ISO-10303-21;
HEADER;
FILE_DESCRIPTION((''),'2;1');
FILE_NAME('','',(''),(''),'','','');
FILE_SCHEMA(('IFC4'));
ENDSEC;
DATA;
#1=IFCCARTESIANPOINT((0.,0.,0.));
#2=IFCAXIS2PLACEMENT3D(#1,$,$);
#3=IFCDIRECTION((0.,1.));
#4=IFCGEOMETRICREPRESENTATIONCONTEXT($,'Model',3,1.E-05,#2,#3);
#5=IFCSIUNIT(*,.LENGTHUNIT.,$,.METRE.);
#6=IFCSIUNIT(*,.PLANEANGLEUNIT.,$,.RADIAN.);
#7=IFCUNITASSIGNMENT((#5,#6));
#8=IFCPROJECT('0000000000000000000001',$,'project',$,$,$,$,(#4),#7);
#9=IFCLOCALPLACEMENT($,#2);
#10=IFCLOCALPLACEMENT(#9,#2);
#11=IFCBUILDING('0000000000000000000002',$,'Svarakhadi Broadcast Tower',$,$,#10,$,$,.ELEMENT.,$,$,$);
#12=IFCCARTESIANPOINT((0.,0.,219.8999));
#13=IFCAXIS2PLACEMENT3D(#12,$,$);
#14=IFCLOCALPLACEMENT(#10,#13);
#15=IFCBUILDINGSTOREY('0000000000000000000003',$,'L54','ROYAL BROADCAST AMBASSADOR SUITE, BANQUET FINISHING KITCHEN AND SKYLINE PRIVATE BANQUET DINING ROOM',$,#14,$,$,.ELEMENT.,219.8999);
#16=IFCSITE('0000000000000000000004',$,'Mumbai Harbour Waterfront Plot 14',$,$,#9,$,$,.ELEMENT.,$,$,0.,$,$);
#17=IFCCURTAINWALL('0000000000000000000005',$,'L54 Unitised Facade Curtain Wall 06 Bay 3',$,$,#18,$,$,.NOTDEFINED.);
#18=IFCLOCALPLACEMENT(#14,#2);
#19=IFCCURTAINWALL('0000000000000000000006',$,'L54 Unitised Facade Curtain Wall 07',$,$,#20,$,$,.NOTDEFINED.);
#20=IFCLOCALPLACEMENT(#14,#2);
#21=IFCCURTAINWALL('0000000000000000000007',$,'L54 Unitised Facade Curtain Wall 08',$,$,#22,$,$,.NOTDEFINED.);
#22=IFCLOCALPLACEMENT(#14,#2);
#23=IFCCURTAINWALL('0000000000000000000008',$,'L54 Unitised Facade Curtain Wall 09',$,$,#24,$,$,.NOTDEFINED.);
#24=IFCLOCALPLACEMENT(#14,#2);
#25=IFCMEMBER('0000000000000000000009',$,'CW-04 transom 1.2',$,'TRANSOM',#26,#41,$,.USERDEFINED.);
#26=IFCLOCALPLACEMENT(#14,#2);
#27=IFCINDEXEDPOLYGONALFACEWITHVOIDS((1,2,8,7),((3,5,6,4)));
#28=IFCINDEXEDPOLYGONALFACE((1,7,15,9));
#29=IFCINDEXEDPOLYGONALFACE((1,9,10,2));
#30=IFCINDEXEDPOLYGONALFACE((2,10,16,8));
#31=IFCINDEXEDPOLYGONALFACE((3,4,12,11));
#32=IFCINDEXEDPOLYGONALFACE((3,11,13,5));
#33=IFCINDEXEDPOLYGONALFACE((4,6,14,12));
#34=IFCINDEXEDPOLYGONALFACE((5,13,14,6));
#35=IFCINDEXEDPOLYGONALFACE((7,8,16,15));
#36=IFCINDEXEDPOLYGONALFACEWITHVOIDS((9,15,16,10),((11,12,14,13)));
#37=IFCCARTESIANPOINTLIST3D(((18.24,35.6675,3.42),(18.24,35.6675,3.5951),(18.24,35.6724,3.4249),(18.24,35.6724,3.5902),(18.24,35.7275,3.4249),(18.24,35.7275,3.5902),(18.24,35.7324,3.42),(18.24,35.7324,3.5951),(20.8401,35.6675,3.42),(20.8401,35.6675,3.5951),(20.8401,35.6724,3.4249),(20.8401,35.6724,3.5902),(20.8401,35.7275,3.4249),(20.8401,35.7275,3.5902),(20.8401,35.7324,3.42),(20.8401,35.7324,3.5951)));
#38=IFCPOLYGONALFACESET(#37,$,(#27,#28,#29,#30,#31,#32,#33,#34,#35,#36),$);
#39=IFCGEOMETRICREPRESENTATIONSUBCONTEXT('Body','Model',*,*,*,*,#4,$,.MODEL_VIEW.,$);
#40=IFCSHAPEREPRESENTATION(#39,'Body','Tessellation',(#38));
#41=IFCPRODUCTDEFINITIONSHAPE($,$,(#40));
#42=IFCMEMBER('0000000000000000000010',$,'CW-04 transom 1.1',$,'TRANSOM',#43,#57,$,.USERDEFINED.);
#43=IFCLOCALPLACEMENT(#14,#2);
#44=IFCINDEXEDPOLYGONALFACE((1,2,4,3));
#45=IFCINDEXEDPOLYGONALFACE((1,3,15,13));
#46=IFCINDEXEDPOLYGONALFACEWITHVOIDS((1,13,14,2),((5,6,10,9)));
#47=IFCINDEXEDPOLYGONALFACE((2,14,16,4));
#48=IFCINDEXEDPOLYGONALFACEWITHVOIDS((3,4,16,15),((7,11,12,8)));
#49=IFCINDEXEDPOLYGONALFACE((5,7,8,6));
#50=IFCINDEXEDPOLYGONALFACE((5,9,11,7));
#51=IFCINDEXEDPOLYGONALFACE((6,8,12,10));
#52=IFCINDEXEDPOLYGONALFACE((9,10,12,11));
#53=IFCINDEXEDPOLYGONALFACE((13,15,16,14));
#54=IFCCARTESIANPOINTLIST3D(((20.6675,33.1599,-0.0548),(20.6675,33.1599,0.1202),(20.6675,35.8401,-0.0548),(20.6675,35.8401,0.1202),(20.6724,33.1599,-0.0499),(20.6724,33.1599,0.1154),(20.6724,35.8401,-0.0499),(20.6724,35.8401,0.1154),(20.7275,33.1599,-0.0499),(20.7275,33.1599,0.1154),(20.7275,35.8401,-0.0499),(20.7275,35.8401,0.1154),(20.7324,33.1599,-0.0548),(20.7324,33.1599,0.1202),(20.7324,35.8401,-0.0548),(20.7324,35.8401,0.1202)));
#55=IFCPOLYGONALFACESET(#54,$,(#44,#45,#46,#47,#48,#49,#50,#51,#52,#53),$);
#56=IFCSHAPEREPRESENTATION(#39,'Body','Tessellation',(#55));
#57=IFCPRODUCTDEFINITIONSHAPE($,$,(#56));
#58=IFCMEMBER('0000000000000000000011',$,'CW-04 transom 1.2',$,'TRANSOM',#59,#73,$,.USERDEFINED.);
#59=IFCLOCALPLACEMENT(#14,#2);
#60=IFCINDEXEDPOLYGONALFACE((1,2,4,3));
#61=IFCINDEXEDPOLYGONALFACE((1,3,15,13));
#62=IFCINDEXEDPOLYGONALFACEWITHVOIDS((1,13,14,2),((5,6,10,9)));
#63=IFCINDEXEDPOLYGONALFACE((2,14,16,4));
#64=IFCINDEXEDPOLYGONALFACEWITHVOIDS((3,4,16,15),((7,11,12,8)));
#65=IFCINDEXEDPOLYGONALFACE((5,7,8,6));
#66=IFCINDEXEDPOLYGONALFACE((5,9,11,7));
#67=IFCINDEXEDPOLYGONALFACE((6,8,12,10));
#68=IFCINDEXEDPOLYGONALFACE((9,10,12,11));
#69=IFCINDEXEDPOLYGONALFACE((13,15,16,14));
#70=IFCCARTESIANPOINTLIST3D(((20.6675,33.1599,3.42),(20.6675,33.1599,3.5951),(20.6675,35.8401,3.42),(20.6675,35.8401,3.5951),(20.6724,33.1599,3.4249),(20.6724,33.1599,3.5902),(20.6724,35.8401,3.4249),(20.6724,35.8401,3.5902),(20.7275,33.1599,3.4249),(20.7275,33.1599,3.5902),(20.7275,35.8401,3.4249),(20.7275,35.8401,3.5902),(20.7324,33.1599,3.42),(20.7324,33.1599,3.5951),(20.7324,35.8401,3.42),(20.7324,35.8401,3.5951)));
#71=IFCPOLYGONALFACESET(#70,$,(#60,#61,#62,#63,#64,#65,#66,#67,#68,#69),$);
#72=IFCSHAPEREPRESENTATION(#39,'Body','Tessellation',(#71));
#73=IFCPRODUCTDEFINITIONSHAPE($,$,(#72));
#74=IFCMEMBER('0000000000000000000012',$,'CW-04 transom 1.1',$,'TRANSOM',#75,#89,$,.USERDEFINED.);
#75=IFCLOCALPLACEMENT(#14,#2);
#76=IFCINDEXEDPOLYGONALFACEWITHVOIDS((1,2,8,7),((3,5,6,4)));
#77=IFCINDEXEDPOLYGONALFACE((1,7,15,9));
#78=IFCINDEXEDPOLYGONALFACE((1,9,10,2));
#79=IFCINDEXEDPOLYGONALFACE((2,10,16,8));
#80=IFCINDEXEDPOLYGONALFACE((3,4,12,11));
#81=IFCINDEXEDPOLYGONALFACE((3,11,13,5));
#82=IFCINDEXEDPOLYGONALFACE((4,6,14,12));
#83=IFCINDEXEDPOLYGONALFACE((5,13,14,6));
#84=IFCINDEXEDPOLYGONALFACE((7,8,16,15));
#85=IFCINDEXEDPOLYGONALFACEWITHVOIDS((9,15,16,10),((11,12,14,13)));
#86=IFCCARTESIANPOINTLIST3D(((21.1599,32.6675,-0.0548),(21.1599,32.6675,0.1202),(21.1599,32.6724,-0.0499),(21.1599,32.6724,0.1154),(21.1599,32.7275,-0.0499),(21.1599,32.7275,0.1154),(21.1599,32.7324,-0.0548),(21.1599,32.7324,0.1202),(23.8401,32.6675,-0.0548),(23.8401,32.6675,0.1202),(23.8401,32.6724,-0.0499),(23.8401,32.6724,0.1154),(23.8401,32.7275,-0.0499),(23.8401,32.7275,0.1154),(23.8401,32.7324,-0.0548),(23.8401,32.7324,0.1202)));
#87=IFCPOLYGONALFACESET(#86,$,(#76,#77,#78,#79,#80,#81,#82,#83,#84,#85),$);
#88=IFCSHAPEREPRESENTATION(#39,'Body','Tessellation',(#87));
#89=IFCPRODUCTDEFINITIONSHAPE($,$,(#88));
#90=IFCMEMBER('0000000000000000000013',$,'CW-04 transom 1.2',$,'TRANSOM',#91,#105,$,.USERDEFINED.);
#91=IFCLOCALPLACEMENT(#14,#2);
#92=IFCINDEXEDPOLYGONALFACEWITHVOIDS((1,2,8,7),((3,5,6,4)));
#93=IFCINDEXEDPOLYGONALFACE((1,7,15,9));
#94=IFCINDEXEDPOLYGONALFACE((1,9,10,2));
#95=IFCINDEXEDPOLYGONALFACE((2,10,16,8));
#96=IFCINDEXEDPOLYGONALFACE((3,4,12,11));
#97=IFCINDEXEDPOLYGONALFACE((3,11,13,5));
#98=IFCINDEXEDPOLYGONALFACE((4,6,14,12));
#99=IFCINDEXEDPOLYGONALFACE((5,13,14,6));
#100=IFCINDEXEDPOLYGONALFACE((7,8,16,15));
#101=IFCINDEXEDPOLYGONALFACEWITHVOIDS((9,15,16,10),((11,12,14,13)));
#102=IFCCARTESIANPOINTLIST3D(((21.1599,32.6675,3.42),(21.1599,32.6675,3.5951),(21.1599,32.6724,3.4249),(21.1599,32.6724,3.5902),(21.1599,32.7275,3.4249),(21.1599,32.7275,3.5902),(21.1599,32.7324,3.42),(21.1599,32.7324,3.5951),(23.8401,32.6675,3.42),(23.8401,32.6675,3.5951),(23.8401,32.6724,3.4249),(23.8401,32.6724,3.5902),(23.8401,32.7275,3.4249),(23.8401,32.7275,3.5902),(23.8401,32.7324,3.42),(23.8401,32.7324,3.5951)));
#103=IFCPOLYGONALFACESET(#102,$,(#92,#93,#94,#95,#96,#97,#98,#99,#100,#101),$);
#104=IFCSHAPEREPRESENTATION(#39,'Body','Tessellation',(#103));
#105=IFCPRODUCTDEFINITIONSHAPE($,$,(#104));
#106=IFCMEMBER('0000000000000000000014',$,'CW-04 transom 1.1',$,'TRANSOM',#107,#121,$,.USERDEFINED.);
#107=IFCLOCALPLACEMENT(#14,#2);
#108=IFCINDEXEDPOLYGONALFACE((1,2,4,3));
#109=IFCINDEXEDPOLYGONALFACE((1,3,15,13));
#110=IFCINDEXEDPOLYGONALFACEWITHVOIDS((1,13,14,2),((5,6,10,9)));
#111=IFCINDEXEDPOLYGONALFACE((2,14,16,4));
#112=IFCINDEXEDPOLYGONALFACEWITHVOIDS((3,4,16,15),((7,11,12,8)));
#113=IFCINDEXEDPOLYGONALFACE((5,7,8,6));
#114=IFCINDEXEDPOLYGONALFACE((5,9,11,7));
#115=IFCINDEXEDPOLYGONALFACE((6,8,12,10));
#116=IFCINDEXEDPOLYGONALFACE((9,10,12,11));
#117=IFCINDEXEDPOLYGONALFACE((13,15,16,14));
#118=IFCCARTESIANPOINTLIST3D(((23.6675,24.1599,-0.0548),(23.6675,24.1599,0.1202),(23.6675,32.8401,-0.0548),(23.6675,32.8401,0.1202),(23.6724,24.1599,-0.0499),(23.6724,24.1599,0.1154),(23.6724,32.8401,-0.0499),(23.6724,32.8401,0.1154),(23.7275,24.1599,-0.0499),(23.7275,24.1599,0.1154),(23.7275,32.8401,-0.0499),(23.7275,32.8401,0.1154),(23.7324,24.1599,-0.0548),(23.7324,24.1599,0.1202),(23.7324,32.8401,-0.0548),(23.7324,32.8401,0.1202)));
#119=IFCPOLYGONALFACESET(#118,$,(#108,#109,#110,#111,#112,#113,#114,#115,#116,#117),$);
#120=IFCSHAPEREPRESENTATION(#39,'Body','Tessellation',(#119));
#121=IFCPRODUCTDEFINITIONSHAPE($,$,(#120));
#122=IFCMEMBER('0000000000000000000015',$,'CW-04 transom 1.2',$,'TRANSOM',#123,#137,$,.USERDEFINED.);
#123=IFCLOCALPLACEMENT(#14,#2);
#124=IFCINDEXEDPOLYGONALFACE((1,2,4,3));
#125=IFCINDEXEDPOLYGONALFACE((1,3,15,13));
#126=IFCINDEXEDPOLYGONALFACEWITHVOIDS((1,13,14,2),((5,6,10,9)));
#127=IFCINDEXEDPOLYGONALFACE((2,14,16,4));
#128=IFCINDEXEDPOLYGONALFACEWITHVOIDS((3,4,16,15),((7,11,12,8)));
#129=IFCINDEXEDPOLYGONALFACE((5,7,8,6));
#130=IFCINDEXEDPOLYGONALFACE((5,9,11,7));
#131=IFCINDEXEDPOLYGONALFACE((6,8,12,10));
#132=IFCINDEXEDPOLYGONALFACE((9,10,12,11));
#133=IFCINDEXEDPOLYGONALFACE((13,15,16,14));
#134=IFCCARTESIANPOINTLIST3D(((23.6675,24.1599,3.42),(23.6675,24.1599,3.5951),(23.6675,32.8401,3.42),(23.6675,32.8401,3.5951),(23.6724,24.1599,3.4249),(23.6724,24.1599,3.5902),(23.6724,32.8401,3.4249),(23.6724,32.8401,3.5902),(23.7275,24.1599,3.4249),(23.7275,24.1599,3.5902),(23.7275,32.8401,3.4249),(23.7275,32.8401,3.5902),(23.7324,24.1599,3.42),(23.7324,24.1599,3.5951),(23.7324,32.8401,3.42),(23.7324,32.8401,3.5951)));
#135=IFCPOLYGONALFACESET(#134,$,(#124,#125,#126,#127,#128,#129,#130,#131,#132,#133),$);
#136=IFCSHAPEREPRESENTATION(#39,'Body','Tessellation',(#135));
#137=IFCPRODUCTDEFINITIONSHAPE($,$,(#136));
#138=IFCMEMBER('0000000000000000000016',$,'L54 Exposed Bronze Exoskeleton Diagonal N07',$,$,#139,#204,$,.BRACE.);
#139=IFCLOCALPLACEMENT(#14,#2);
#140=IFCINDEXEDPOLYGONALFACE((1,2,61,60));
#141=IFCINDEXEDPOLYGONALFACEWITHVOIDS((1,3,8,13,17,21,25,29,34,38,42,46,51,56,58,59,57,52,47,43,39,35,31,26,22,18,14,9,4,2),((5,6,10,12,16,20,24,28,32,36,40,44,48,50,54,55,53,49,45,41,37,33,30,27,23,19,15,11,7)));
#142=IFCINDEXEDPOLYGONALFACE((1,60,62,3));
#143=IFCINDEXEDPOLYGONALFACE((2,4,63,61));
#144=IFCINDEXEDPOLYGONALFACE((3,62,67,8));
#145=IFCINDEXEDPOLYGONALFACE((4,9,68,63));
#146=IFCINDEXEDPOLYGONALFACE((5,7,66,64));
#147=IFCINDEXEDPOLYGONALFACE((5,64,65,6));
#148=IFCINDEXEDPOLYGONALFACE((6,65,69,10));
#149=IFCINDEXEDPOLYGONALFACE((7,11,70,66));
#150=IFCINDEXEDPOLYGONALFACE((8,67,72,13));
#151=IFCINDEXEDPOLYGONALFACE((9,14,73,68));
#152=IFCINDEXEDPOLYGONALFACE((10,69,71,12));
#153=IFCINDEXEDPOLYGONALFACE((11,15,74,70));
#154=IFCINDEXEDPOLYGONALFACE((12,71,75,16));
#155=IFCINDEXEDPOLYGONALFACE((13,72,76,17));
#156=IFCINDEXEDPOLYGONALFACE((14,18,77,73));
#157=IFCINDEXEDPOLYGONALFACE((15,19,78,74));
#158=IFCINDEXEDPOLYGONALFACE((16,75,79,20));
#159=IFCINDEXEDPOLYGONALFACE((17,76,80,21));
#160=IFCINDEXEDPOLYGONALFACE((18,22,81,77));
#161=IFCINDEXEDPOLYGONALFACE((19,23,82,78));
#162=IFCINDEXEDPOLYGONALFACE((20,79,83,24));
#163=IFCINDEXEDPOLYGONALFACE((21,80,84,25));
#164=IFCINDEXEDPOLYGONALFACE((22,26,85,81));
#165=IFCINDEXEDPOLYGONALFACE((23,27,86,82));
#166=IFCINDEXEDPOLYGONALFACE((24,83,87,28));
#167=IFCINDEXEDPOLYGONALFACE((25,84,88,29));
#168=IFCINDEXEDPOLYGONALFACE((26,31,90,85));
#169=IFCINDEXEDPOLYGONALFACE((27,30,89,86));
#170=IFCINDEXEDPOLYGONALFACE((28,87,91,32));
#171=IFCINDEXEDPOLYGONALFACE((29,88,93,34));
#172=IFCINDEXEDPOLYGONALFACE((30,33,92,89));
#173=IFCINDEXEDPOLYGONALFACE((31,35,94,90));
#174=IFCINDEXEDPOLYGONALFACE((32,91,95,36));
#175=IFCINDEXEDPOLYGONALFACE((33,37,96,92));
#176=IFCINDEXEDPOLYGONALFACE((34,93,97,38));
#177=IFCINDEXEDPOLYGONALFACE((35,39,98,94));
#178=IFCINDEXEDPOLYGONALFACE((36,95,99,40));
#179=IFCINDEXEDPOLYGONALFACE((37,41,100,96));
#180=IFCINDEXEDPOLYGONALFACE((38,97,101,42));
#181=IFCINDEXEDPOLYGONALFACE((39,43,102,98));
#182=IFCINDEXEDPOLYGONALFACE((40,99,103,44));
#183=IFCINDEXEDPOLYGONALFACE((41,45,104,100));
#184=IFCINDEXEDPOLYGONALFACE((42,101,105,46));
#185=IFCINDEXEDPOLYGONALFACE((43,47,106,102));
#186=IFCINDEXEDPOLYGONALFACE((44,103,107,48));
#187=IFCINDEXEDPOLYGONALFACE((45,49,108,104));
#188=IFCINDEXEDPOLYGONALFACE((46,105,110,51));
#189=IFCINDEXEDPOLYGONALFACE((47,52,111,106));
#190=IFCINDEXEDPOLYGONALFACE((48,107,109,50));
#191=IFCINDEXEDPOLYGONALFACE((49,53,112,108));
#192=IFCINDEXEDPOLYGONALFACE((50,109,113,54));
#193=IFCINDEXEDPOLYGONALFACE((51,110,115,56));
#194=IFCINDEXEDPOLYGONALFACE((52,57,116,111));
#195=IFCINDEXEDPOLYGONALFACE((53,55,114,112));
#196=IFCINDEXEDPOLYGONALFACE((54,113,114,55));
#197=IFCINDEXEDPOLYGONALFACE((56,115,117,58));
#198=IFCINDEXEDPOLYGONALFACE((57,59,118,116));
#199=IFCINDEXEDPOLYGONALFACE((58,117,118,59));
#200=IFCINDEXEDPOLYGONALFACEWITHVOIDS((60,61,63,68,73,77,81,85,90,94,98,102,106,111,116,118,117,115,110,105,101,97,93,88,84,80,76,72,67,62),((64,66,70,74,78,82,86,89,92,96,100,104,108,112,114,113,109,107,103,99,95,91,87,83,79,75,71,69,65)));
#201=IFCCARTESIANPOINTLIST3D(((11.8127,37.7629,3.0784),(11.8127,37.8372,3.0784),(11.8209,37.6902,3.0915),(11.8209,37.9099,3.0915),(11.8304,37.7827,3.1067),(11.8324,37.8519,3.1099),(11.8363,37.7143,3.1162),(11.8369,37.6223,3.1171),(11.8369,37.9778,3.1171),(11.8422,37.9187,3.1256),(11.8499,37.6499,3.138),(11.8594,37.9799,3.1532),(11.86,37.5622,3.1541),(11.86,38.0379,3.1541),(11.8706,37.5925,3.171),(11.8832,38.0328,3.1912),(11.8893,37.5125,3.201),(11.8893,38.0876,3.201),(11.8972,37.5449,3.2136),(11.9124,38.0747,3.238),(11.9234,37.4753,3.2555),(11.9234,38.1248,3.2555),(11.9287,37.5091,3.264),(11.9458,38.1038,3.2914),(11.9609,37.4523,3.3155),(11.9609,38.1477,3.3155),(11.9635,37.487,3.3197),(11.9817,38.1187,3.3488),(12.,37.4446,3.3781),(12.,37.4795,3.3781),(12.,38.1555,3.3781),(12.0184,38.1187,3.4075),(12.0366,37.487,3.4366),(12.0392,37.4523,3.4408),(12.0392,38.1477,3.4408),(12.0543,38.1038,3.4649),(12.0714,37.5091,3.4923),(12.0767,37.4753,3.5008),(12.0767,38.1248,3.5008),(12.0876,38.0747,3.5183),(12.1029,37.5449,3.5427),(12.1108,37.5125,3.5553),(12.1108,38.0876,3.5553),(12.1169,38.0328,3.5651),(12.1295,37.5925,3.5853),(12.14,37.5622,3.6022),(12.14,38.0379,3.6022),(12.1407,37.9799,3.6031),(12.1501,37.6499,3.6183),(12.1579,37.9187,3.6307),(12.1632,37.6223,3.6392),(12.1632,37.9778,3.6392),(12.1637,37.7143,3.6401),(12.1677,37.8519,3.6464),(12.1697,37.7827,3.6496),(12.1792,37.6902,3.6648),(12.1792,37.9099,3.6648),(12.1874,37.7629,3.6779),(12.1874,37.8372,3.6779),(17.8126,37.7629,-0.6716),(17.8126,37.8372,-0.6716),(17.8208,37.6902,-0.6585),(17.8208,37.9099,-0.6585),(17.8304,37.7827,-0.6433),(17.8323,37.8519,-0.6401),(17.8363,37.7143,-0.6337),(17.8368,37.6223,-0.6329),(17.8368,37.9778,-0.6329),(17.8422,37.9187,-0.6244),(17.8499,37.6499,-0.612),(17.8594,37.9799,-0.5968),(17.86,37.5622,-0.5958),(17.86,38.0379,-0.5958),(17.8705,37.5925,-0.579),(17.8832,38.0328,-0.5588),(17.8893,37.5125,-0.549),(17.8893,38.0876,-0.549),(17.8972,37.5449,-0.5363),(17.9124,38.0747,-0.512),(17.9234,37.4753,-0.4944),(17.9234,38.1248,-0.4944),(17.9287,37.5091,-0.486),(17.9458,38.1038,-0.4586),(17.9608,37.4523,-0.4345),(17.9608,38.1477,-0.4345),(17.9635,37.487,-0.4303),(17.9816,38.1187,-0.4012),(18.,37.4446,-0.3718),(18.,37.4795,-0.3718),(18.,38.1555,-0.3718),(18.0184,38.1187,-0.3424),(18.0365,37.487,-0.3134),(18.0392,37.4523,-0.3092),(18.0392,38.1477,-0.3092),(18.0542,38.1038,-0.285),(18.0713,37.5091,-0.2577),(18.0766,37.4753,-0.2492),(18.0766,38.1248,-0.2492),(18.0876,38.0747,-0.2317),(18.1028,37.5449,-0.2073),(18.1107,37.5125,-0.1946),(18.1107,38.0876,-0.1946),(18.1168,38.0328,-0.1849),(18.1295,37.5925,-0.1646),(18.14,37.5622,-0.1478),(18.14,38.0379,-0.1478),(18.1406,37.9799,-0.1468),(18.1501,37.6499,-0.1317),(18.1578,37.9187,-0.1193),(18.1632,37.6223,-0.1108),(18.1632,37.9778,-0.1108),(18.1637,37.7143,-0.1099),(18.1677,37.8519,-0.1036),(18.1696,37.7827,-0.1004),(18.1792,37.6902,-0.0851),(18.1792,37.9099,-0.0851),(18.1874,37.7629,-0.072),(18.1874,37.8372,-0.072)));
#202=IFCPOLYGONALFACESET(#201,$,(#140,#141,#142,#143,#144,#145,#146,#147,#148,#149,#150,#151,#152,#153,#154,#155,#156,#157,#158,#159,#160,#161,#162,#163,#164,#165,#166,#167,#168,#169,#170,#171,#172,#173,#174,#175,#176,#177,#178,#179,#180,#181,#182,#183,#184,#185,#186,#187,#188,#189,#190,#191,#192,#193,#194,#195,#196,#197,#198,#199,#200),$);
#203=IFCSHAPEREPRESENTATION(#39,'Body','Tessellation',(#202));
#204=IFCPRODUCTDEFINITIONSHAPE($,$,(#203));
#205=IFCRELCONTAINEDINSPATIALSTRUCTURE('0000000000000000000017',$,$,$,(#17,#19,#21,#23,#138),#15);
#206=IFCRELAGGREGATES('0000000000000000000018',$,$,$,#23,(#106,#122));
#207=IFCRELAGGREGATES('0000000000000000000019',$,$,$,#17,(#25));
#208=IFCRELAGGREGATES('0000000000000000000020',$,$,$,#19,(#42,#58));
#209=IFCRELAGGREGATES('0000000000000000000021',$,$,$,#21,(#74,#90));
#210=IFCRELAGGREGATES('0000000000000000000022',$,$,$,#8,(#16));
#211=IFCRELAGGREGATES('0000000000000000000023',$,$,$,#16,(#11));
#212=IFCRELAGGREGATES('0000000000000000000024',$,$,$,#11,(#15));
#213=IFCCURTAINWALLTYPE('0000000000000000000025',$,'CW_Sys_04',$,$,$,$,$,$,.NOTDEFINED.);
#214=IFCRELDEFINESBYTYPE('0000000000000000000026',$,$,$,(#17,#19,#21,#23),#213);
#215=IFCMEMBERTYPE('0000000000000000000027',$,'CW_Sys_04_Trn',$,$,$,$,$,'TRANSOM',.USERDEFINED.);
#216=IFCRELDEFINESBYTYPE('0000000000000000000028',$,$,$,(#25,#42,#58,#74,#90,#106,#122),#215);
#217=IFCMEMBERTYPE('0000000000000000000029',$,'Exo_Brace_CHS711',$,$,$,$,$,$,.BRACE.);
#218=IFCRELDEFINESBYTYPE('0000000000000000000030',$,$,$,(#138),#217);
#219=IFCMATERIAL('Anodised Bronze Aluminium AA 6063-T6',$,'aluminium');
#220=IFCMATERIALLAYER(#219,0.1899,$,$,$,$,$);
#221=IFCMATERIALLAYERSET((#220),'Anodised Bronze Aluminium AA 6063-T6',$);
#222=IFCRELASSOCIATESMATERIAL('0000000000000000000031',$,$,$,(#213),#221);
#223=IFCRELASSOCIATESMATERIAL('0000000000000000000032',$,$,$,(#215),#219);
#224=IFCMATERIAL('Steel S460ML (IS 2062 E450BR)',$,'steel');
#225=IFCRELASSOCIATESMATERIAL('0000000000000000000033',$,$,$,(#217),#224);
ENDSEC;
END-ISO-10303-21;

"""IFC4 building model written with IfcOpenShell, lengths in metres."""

from ifc_helpers import new_model, si_unit, direction, frame, origin, origin_2d, place, context, subcontext, project, spatial, hollow_rectangle, hollow_circle, extrude, material, layer, layer_set, material_profile, profile_set, type_object, element, aggregate, save


model = new_model("IFC4")

# Units and contexts
model_context = context("Model", 3, precision=1e-05, world=origin(), true_north=direction((0.0, 1.0)))
body_context = subcontext(model_context, "Body", "Model", "MODEL_VIEW")
ifc_project = project(units=[si_unit("LENGTHUNIT", "METRE"), si_unit("PLANEANGLEUNIT", "RADIAN")], contexts=[model_context])

# Site, building, storey
site_placement = place(None, origin())
site = spatial("IfcSite", under=ifc_project, at=site_placement, Name="Mumbai Harbour Waterfront Plot 14", CompositionType="ELEMENT", RefElevation=0.0)
building_placement = place(site_placement, origin())
building = spatial("IfcBuilding", under=site, at=building_placement, Name="Svarakhadi Broadcast Tower", CompositionType="ELEMENT")
storey_placement = place(building_placement, frame((0.0, 0.0, 219.8999)))
storey = spatial("IfcBuildingStorey", under=building, at=storey_placement, Name="L54", Description="ROYAL BROADCAST AMBASSADOR SUITE, BANQUET FINISHING KITCHEN AND SKYLINE PRIVATE BANQUET DINING ROOM", CompositionType="ELEMENT", Elevation=219.8999)

# Shared definitions
ifc_material_1 = material(Name="Steel S460ML (IS 2062 E450BR)", Category="steel")

# Curtain walls
ifc_material_2 = material(Name="Anodised Bronze Aluminium AA 6063-T6", Category="aluminium")
ifc_layer_1 = layer(ifc_material_2, 0.1899)
ifc_layer_set_1 = layer_set([ifc_layer_1], Name="Anodised Bronze Aluminium AA 6063-T6")
curtain_wall_type = type_object("IfcCurtainWallType", Name="CW_Sys_04", PredefinedType="NOTDEFINED", material=ifc_layer_set_1)
curtain_wall_1_placement = place(storey_placement, origin())
curtain_wall_1 = element("IfcCurtainWall", 1, at=curtain_wall_1_placement, inside=storey, type_object=curtain_wall_type, Name="L54 Unitised Facade Curtain Wall 06 Bay 3", PredefinedType="NOTDEFINED")
curtain_wall_2_placement = place(storey_placement, origin())
curtain_wall_2 = element("IfcCurtainWall", 2, at=curtain_wall_2_placement, inside=storey, type_object=curtain_wall_type, Name="L54 Unitised Facade Curtain Wall 07", PredefinedType="NOTDEFINED")
curtain_wall_3_placement = place(storey_placement, origin())
curtain_wall_3 = element("IfcCurtainWall", 3, at=curtain_wall_3_placement, inside=storey, type_object=curtain_wall_type, Name="L54 Unitised Facade Curtain Wall 08", PredefinedType="NOTDEFINED")

# Curtain wall
curtain_wall_4_placement = place(storey_placement, origin())
curtain_wall_4 = element("IfcCurtainWall", 4, at=curtain_wall_4_placement, inside=storey, type_object=curtain_wall_type, Name="L54 Unitised Facade Curtain Wall 09", PredefinedType="NOTDEFINED")

# Members
ifc_material_profile_1 = material_profile(ifc_material_2, hollow_rectangle(XDim=0.0649, YDim=0.175, WallThickness=0.0049, at=origin_2d()), Name="ALU TRANSOM 175x65x5")
ifc_profile_set_1 = profile_set([ifc_material_profile_1], Name="Anodised Bronze Aluminium AA 6063-T6")
member_type_1 = type_object("IfcMemberType", Name="CW_Sys_04_Trn", ElementType="TRANSOM", PredefinedType="USERDEFINED", material=ifc_profile_set_1)
member_1_placement = place(storey_placement, frame((18.24, 35.7, 3.5076), z_axis=(1.0, 0.0, 0.0), x_axis=(0.0, 1.0, 0.0)))
member_1 = element("IfcMember", 5, at=member_1_placement, type_object=member_type_1, Name="CW-04 transom 1.2", ObjectType="TRANSOM", PredefinedType="USERDEFINED", context=body_context, shape_type="SweptSolid", body=[
    extrude(hollow_rectangle(XDim=0.0649, YDim=0.175, WallThickness=0.0049, at=origin_2d()), origin(), (0.0, 0.0, 1.0), 2.6001),
])
member_2_placement = place(storey_placement, frame((20.7, 35.8401, 0.0327), z_axis=(0.0, -1.0, 0.0), x_axis=(1.0, 0.0, 0.0)))
member_2 = element("IfcMember", 6, at=member_2_placement, type_object=member_type_1, Name="CW-04 transom 1.1", ObjectType="TRANSOM", PredefinedType="USERDEFINED", context=body_context, shape_type="SweptSolid", body=[
    extrude(hollow_rectangle(XDim=0.0649, YDim=0.175, WallThickness=0.0049, at=origin_2d()), origin(), (0.0, 0.0, 1.0), 2.6802),
])
member_3_placement = place(storey_placement, frame((20.7, 35.8401, 3.5076), z_axis=(0.0, -1.0, 0.0), x_axis=(1.0, 0.0, 0.0)))
member_3 = element("IfcMember", 7, at=member_3_placement, type_object=member_type_1, Name="CW-04 transom 1.2", ObjectType="TRANSOM", PredefinedType="USERDEFINED", context=body_context, shape_type="SweptSolid", body=[
    extrude(hollow_rectangle(XDim=0.0649, YDim=0.175, WallThickness=0.0049, at=origin_2d()), origin(), (0.0, 0.0, 1.0), 2.6802),
])
member_4_placement = place(storey_placement, frame((21.1599, 32.7, 0.0327), z_axis=(1.0, 0.0, 0.0), x_axis=(0.0, 1.0, 0.0)))
member_4 = element("IfcMember", 8, at=member_4_placement, type_object=member_type_1, Name="CW-04 transom 1.1", ObjectType="TRANSOM", PredefinedType="USERDEFINED", context=body_context, shape_type="SweptSolid", body=[
    extrude(hollow_rectangle(XDim=0.0649, YDim=0.175, WallThickness=0.0049, at=origin_2d()), origin(), (0.0, 0.0, 1.0), 2.6802),
])
member_5_placement = place(storey_placement, frame((21.1599, 32.7, 3.5076), z_axis=(1.0, 0.0, 0.0), x_axis=(0.0, 1.0, 0.0)))
member_5 = element("IfcMember", 9, at=member_5_placement, type_object=member_type_1, Name="CW-04 transom 1.2", ObjectType="TRANSOM", PredefinedType="USERDEFINED", context=body_context, shape_type="SweptSolid", body=[
    extrude(hollow_rectangle(XDim=0.0649, YDim=0.175, WallThickness=0.0049, at=origin_2d()), origin(), (0.0, 0.0, 1.0), 2.6802),
])
member_6_placement = place(storey_placement, frame((23.7, 32.8401, 0.0327), z_axis=(0.0, -1.0, 0.0), x_axis=(1.0, 0.0, 0.0)))
member_6 = element("IfcMember", 10, at=member_6_placement, type_object=member_type_1, Name="CW-04 transom 1.1", ObjectType="TRANSOM", PredefinedType="USERDEFINED", context=body_context, shape_type="SweptSolid", body=[
    extrude(hollow_rectangle(XDim=0.0649, YDim=0.175, WallThickness=0.0049, at=origin_2d()), origin(), (0.0, 0.0, 1.0), 8.6802),
])
member_7_placement = place(storey_placement, frame((23.7, 32.8401, 3.5076), z_axis=(0.0, -1.0, 0.0), x_axis=(1.0, 0.0, 0.0)))
member_7 = element("IfcMember", 11, at=member_7_placement, type_object=member_type_1, Name="CW-04 transom 1.2", ObjectType="TRANSOM", PredefinedType="USERDEFINED", context=body_context, shape_type="SweptSolid", body=[
    extrude(hollow_rectangle(XDim=0.0649, YDim=0.175, WallThickness=0.0049, at=origin_2d()), origin(), (0.0, 0.0, 1.0), 8.6802),
])
aggregate(curtain_wall_4, [member_6, member_7])

# Member
ifc_material_profile_2 = material_profile(ifc_material_1, hollow_circle(Radius=0.3555, WallThickness=0.0349, at=origin_2d()), Name="CHS 711x35")
ifc_profile_set_2 = profile_set([ifc_material_profile_2], Name="Steel S460ML (IS 2062 E450BR)")
member_type_2 = type_object("IfcMemberType", Name="Exo_Brace_CHS711", PredefinedType="BRACE", material=ifc_profile_set_2)
member_8_placement = place(storey_placement, frame((18.0, 37.8, -0.3718), z_axis=(-0.847998, 0.0, 0.529999), x_axis=(0.0, -1.0, 0.0)))
element("IfcMember", 12, at=member_8_placement, inside=storey, type_object=member_type_2, Name="L54 Exposed Bronze Exoskeleton Diagonal N07", PredefinedType="BRACE", context=body_context, shape_type="SweptSolid", body=[
    extrude(hollow_circle(Radius=0.3555, WallThickness=0.0349, at=origin_2d()), origin(), (0.0, 0.0, 1.0), 7.0754),
])

aggregate(curtain_wall_1, [member_1])
aggregate(curtain_wall_2, [member_2, member_3])
aggregate(curtain_wall_3, [member_4, member_5])

save(model, "model.ifc")
